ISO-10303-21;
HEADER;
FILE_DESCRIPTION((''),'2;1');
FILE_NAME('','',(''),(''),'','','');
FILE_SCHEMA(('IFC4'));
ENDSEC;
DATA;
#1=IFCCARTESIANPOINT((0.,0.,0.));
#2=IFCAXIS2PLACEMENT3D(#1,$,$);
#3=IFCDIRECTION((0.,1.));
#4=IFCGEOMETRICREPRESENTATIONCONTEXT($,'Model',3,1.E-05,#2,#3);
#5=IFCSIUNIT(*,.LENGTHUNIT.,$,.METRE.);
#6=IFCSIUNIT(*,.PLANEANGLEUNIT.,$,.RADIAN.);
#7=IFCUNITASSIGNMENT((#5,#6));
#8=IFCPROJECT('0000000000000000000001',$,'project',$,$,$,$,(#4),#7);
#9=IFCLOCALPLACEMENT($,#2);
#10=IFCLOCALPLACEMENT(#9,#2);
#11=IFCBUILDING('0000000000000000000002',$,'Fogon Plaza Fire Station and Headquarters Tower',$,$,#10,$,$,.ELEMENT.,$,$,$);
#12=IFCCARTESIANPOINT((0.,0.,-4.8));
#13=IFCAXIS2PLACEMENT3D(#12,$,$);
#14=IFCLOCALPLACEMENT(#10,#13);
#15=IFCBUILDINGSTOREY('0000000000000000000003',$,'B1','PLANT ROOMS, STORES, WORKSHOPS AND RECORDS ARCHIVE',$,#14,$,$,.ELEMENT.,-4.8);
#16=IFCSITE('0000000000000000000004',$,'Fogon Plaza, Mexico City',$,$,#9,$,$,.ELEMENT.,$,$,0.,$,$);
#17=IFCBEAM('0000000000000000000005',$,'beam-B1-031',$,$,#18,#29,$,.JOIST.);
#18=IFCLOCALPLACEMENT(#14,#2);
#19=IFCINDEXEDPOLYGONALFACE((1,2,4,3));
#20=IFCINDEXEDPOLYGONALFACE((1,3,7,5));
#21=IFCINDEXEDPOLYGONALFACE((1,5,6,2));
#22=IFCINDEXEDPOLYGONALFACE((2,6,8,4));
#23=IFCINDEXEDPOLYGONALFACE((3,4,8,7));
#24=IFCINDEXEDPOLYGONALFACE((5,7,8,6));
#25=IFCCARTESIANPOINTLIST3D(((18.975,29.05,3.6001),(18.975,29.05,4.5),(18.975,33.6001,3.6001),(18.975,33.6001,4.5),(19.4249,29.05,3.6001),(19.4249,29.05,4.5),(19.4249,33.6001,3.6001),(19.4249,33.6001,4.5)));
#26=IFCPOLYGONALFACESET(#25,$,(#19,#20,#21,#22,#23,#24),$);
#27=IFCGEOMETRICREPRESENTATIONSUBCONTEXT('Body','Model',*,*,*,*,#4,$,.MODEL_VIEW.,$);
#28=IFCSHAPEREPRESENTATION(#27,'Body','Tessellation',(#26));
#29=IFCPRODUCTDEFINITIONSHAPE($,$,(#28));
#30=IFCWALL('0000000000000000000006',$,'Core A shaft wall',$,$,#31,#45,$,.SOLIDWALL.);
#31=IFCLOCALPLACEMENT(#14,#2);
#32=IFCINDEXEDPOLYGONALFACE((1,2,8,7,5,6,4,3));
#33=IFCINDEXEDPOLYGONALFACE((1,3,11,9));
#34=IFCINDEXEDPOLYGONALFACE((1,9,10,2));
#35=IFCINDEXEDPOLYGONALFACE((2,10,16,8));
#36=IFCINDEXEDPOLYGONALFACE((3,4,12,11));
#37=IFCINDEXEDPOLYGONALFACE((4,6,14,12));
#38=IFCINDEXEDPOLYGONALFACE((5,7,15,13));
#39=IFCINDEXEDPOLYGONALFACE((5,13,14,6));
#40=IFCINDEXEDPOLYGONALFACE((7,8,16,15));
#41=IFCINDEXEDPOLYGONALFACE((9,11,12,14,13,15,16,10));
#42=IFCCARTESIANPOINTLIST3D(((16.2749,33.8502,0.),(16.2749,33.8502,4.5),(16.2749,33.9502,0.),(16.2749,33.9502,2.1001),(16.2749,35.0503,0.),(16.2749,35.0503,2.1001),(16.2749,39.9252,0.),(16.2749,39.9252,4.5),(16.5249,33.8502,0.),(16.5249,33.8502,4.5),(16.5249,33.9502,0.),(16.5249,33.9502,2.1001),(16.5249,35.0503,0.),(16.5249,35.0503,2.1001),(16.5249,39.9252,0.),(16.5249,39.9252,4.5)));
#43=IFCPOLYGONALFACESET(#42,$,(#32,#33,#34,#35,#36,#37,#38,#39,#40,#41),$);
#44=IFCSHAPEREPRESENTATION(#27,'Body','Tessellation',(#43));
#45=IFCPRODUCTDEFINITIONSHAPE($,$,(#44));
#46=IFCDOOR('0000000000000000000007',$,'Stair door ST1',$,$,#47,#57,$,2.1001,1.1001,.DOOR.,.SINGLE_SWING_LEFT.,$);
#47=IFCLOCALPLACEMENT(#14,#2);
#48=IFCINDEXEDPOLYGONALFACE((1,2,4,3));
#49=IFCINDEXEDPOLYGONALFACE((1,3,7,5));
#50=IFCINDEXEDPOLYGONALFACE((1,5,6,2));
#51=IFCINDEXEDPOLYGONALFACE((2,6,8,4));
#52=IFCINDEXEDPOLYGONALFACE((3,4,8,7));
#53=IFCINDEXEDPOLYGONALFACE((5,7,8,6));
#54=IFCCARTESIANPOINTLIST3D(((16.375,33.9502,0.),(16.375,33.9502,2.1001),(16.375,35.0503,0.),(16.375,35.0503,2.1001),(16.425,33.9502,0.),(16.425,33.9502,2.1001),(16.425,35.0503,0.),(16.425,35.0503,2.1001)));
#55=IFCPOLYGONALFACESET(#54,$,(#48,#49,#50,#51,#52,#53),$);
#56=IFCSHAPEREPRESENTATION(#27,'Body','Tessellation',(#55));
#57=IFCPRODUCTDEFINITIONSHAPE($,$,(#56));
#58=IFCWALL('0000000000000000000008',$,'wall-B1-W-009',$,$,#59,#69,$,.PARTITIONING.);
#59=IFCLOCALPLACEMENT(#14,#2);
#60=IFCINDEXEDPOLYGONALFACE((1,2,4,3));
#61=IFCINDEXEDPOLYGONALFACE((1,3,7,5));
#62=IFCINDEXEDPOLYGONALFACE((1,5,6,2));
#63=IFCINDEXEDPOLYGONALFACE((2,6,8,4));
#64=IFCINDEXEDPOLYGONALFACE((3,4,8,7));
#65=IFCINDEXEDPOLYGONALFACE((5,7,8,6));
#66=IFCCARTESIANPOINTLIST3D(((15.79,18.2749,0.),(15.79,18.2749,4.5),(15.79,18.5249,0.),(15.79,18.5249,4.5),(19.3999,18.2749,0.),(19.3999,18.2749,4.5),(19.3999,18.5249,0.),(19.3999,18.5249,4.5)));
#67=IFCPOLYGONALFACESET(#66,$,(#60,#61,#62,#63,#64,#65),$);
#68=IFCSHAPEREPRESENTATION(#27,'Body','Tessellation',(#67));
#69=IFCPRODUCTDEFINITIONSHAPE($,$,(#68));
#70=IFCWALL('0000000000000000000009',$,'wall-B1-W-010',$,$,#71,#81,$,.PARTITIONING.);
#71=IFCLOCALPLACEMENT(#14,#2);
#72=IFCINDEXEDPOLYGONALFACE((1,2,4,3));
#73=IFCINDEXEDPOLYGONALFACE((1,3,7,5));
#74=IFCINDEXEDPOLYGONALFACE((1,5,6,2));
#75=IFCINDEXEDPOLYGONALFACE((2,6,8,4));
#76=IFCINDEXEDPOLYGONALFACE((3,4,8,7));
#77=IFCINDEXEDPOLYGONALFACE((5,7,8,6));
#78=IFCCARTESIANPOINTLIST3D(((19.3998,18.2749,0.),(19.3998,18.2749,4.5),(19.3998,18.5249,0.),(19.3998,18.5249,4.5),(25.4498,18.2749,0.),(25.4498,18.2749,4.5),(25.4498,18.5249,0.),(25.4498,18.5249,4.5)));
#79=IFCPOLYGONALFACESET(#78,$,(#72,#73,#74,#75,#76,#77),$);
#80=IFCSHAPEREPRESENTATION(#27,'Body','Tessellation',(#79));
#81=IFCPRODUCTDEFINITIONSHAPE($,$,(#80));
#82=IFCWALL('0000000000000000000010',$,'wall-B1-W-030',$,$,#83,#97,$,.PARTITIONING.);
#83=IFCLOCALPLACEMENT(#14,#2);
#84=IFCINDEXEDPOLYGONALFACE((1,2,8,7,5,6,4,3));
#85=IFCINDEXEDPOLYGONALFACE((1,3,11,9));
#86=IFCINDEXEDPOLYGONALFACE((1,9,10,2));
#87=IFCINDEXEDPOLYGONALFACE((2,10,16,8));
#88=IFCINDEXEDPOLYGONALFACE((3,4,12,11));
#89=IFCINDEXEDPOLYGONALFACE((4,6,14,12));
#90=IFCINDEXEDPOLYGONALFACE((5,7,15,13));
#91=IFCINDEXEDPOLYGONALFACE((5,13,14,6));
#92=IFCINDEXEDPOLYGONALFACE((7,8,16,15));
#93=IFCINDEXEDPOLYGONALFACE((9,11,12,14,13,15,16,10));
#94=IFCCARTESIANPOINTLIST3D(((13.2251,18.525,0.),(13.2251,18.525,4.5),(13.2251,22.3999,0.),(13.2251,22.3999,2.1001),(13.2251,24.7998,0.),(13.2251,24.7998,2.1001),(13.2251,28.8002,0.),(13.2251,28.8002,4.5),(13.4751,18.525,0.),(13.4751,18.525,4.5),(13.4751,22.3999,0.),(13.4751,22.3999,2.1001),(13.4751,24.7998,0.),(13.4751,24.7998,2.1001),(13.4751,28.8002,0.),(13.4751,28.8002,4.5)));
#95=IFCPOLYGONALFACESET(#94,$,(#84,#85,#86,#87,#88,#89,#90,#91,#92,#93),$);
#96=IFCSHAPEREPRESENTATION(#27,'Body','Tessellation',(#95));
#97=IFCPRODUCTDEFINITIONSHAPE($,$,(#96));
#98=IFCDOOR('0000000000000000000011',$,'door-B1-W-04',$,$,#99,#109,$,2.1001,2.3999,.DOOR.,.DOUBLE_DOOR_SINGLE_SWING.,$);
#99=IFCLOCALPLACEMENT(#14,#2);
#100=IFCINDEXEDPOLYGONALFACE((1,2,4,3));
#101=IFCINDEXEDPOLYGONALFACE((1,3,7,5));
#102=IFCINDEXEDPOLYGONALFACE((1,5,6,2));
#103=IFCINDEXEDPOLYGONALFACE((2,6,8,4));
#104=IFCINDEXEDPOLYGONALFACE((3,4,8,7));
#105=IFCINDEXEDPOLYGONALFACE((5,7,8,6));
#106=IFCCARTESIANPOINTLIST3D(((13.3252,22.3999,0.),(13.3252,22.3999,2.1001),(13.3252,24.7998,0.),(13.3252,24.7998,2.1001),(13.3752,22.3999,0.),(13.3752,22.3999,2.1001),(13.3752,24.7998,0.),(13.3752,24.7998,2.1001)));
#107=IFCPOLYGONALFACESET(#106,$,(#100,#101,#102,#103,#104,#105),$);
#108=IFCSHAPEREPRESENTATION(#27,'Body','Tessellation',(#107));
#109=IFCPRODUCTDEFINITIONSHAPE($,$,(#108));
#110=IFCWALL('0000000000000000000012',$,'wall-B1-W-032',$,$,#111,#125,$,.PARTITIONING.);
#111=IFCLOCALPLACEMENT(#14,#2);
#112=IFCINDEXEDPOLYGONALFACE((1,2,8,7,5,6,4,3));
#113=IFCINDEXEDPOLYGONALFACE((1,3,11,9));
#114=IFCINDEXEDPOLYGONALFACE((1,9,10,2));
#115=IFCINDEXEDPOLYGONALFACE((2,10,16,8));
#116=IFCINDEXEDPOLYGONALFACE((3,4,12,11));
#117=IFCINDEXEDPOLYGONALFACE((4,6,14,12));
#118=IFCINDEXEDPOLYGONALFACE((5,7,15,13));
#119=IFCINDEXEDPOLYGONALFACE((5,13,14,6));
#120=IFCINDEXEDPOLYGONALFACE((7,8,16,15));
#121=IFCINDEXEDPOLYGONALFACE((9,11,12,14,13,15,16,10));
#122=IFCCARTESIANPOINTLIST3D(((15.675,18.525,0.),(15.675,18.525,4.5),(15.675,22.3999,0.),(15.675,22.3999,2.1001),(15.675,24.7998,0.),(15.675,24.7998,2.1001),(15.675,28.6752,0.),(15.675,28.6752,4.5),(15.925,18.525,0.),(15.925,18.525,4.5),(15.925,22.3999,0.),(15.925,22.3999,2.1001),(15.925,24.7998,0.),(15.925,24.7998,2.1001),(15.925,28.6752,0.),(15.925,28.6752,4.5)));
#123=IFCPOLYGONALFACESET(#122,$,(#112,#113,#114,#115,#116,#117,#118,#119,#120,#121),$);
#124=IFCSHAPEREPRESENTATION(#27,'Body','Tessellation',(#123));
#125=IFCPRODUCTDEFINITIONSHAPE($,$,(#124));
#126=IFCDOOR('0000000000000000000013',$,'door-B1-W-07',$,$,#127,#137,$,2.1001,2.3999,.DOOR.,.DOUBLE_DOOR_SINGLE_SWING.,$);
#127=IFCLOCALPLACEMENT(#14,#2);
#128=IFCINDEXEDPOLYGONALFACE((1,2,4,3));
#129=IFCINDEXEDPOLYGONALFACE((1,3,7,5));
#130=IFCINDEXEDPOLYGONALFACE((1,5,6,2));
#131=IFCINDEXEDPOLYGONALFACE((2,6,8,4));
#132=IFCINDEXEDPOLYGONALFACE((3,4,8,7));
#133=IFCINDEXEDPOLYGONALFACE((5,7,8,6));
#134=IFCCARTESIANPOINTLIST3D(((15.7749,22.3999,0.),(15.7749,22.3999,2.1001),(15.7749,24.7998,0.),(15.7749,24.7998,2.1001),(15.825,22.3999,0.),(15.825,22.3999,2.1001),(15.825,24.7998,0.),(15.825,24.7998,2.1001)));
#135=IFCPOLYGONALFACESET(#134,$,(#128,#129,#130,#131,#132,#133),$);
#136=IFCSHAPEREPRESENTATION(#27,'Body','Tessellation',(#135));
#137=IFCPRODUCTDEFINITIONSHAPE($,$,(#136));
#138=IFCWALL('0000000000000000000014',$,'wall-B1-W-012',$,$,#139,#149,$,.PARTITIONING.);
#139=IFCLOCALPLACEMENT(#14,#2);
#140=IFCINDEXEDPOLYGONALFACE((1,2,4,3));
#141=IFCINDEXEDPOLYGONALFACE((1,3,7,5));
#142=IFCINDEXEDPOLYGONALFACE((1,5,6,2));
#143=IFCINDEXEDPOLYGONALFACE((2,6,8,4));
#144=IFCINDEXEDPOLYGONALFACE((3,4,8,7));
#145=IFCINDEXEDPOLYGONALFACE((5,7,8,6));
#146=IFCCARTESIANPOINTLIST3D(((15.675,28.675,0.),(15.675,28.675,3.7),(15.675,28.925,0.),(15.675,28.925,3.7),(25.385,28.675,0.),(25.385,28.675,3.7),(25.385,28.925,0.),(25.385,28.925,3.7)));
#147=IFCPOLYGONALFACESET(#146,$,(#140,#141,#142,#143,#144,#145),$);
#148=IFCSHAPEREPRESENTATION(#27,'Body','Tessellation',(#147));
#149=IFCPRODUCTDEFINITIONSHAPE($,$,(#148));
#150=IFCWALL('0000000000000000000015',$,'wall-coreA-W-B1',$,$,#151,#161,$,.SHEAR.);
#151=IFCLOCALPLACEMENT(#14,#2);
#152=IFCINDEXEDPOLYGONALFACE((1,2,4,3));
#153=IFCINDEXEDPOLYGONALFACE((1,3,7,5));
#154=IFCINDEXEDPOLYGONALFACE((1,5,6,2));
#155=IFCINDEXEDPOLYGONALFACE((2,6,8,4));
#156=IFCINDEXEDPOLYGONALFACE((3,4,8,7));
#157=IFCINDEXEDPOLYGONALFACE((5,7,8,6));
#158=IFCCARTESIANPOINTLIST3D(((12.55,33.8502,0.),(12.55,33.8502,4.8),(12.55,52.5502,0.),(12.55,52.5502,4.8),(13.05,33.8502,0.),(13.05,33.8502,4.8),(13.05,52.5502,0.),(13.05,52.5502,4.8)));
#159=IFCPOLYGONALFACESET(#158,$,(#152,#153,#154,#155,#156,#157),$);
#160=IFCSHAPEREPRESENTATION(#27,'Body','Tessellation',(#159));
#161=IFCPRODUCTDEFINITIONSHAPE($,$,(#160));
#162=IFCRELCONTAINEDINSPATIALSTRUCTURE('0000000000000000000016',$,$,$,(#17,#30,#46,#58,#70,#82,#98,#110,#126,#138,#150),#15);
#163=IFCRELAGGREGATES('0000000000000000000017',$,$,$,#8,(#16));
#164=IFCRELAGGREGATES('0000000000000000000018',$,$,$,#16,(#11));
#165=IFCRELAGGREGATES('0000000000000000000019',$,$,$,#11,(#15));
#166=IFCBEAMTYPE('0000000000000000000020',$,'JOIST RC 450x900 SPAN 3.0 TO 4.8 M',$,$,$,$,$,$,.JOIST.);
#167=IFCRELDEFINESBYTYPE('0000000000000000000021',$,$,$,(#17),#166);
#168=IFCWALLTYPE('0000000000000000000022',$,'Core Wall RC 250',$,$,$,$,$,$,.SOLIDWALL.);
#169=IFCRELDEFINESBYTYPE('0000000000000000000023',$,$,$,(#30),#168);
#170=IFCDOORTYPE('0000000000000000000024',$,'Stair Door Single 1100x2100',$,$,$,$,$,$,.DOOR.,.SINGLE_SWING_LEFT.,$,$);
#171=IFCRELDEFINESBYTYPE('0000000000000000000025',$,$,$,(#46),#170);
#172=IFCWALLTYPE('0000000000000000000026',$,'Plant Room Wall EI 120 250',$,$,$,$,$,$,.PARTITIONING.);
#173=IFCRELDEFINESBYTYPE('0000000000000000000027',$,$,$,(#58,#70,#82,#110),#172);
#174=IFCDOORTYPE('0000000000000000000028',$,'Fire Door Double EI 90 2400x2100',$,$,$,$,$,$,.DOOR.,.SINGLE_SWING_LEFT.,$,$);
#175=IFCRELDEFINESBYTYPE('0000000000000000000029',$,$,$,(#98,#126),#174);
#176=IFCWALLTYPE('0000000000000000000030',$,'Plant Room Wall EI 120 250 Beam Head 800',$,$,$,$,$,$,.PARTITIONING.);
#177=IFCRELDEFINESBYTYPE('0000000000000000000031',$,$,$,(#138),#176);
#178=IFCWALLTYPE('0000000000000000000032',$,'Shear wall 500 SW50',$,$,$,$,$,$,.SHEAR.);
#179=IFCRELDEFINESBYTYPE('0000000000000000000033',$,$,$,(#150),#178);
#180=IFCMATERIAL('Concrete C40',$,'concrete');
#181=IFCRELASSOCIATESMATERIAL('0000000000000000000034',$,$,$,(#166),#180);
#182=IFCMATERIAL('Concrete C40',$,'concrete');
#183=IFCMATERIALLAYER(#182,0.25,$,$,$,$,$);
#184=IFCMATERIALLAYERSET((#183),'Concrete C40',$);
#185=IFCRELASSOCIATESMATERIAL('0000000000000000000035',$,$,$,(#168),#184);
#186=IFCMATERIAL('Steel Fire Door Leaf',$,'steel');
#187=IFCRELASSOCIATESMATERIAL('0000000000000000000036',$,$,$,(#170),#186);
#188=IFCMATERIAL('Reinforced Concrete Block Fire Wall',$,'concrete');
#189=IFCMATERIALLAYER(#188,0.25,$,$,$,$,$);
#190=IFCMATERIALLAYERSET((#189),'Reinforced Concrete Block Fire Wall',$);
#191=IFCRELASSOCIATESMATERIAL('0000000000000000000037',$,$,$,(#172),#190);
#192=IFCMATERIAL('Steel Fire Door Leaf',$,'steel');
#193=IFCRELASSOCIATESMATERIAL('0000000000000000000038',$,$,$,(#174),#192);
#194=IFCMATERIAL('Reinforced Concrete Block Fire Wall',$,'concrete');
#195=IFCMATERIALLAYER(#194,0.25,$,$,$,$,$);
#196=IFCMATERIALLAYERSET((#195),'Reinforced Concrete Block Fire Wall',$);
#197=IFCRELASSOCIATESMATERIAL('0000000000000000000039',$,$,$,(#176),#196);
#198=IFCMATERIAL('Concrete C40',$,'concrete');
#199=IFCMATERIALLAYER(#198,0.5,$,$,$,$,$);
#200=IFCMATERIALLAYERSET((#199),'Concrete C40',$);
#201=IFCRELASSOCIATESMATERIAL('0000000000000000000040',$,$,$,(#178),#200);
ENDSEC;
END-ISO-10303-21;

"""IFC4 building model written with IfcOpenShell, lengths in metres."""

from ifc_helpers import new_model, si_unit, direction, frame, frame_2d, origin, origin_2d, place, context, subcontext, project, spatial, rectangle, extrude, material, layer, layer_set, material_profile, profile_set, type_object, element, fill, save


model = new_model("IFC4")

# Units and contexts
model_context = context("Model", 3, precision=1e-05, world=origin(), true_north=direction((0.0, 1.0)))
body_context = subcontext(model_context, "Body", "Model", "MODEL_VIEW")
ifc_project = project(units=[si_unit("LENGTHUNIT", "METRE"), si_unit("PLANEANGLEUNIT", "RADIAN")], contexts=[model_context])

# Site, building, storey
site_placement = place(None, origin())
site = spatial("IfcSite", under=ifc_project, at=site_placement, Name="Fogon Plaza, Mexico City", CompositionType="ELEMENT", RefElevation=0.0)
building_placement = place(site_placement, origin())
building = spatial("IfcBuilding", under=site, at=building_placement, Name="Fogon Plaza Fire Station and Headquarters Tower", CompositionType="ELEMENT")
storey_placement = place(building_placement, frame((0.0, 0.0, -4.8)))
storey = spatial("IfcBuildingStorey", under=building, at=storey_placement, Name="B1", Description="PLANT ROOMS, STORES, WORKSHOPS AND RECORDS ARCHIVE", CompositionType="ELEMENT", Elevation=-4.8)

# Beam
ifc_material_1 = material(Name="Concrete C40", Category="concrete")
ifc_material_profile_1 = material_profile(ifc_material_1, rectangle(XDim=0.45, YDim=0.8999, at=origin_2d()), Name="RC 450x900")
ifc_profile_set_1 = profile_set([ifc_material_profile_1], Name="Concrete C40")
beam_type_1 = type_object("IfcBeamType", Name="JOIST RC 450x900 SPAN 3.0 TO 4.8 M", PredefinedType="JOIST", material=ifc_profile_set_1)
beam_1_placement = place(storey_placement, frame((19.2, 29.05, 4.05), z_axis=(0.0, 1.0, 0.0), x_axis=(-1.0, 0.0, 0.0)))
element("IfcBeam", 1, at=beam_1_placement, inside=storey, type_object=beam_type_1, Name="beam-B1-031", PredefinedType="JOIST", context=body_context, shape_type="SweptSolid", body=[
    extrude(rectangle(XDim=0.45, YDim=0.8999, at=origin_2d()), origin(), (0.0, 0.0, 1.0), 4.55),
])

# Wall, opening, door
ifc_material_2 = material(Name="Concrete C40", Category="concrete")
ifc_layer_1 = layer(ifc_material_2, 0.25)
ifc_layer_set_1 = layer_set([ifc_layer_1], Name="Concrete C40")
wall_type_1 = type_object("IfcWallType", Name="Core Wall RC 250", PredefinedType="SOLIDWALL", material=ifc_layer_set_1)
wall_1_placement = place(storey_placement, frame((16.3999, 33.8501, 0.0), z_axis=(0.0, 0.0, 1.0), x_axis=(0.0, 1.0, 0.0)))
wall_1 = element("IfcWall", 2, at=wall_1_placement, inside=storey, type_object=wall_type_1, Name="Core A shaft wall", PredefinedType="SOLIDWALL", context=body_context, shape_type="SweptSolid", body=[
    extrude(rectangle(XDim=6.075, YDim=0.25, at=frame_2d((3.0376, 0.0))), origin(), (0.0, 0.0, 1.0), 4.5),
])
opening_1_placement = place(wall_1_placement, frame((0.1001, 0.0, 0.0)))
opening_1 = element("IfcOpeningElement", 3, at=opening_1_placement, cuts=wall_1, PredefinedType="OPENING", context=body_context, shape_type="SweptSolid", body=[
    extrude(rectangle(XDim=1.1001, YDim=2.1001, at=frame_2d((0.55, 1.05))), frame((0.0, 0.135, 0.0), z_axis=(0.0, -1.0, 0.0), x_axis=(1.0, 0.0, 0.0)), (0.0, 0.0, 1.0), 0.27),
])
ifc_material_3 = material(Name="Steel Fire Door Leaf", Category="steel")
door_type_1 = type_object("IfcDoorType", Name="Stair Door Single 1100x2100", OperationType="SINGLE_SWING_LEFT", PredefinedType="DOOR", material=ifc_material_3)
door_1_placement = place(opening_1_placement, origin())
door_1 = element("IfcDoor", 4, at=door_1_placement, inside=storey, type_object=door_type_1, Name="Stair door ST1", OperationType="SINGLE_SWING_LEFT", OverallHeight=2.1001, OverallWidth=1.1001, PredefinedType="DOOR", context=body_context, shape_type="SweptSolid", body=[
    extrude(rectangle(XDim=1.1001, YDim=2.1001, at=frame_2d((0.55, 1.05))), frame((0.0, 0.0249, 0.0), z_axis=(0.0, -1.0, 0.0), x_axis=(1.0, 0.0, 0.0)), (0.0, 0.0, 1.0), 0.05),
])
fill(opening_1, door_1)

# Walls
ifc_material_4 = material(Name="Reinforced Concrete Block Fire Wall", Category="concrete")
ifc_layer_2 = layer(ifc_material_4, 0.25)
ifc_layer_set_2 = layer_set([ifc_layer_2], Name="Reinforced Concrete Block Fire Wall")
wall_type_2 = type_object("IfcWallType", Name="Plant Room Wall EI 120 250", PredefinedType="PARTITIONING", material=ifc_layer_set_2)
wall_2_placement = place(storey_placement, frame((15.79, 18.3999, 0.0), z_axis=(0.0, 0.0, 1.0), x_axis=(1.0, 0.0, 0.0)))
element("IfcWall", 5, at=wall_2_placement, inside=storey, type_object=wall_type_2, Name="wall-B1-W-009", PredefinedType="PARTITIONING", context=body_context, shape_type="SweptSolid", body=[
    extrude(rectangle(XDim=3.6099, YDim=0.25, at=frame_2d((1.8049, 0.0))), origin(), (0.0, 0.0, 1.0), 4.5),
])
wall_3_placement = place(storey_placement, frame((19.3999, 18.3999, 0.0), z_axis=(0.0, 0.0, 1.0), x_axis=(1.0, 0.0, 0.0)))
element("IfcWall", 6, at=wall_3_placement, inside=storey, type_object=wall_type_2, Name="wall-B1-W-010", PredefinedType="PARTITIONING", context=body_context, shape_type="SweptSolid", body=[
    extrude(rectangle(XDim=6.05, YDim=0.25, at=frame_2d((3.0249, 0.0))), origin(), (0.0, 0.0, 1.0), 4.5),
])

# Walls, openings, doors
wall_4_placement = place(storey_placement, frame((13.3501, 18.5249, 0.0), z_axis=(0.0, 0.0, 1.0), x_axis=(0.0, 1.0, 0.0)))
wall_4 = element("IfcWall", 7, at=wall_4_placement, inside=storey, type_object=wall_type_2, Name="wall-B1-W-030", PredefinedType="PARTITIONING", context=body_context, shape_type="SweptSolid", body=[
    extrude(rectangle(XDim=10.2751, YDim=0.25, at=frame_2d((5.1377, 0.0))), origin(), (0.0, 0.0, 1.0), 4.5),
])
opening_2_placement = place(wall_4_placement, frame((3.875, 0.0, 0.0)))
opening_2 = element("IfcOpeningElement", 8, at=opening_2_placement, cuts=wall_4, PredefinedType="OPENING", context=body_context, shape_type="SweptSolid", body=[
    extrude(rectangle(XDim=2.3999, YDim=2.1001, at=frame_2d((1.2, 1.05))), frame((0.0, 0.135, 0.0), z_axis=(0.0, -1.0, 0.0), x_axis=(1.0, 0.0, 0.0)), (0.0, 0.0, 1.0), 0.27),
])
ifc_material_5 = material(Name="Steel Fire Door Leaf", Category="steel")
door_type_2 = type_object("IfcDoorType", Name="Fire Door Double EI 90 2400x2100", OperationType="SINGLE_SWING_LEFT", PredefinedType="DOOR", material=ifc_material_5)
door_2_placement = place(opening_2_placement, origin())
door_2 = element("IfcDoor", 9, at=door_2_placement, inside=storey, type_object=door_type_2, Name="door-B1-W-04", OperationType="DOUBLE_DOOR_SINGLE_SWING", OverallHeight=2.1001, OverallWidth=2.3999, PredefinedType="DOOR", context=body_context, shape_type="SweptSolid", body=[
    extrude(rectangle(XDim=2.3999, YDim=2.1001, at=frame_2d((1.2, 1.05))), frame((0.0, 0.0249, 0.0), z_axis=(0.0, -1.0, 0.0), x_axis=(1.0, 0.0, 0.0)), (0.0, 0.0, 1.0), 0.05),
])
fill(opening_2, door_2)
wall_5_placement = place(storey_placement, frame((15.8, 18.5249, 0.0), z_axis=(0.0, 0.0, 1.0), x_axis=(0.0, 1.0, 0.0)))
wall_5 = element("IfcWall", 10, at=wall_5_placement, inside=storey, type_object=wall_type_2, Name="wall-B1-W-032", PredefinedType="PARTITIONING", context=body_context, shape_type="SweptSolid", body=[
    extrude(rectangle(XDim=10.1501, YDim=0.25, at=frame_2d((5.0752, 0.0))), origin(), (0.0, 0.0, 1.0), 4.5),
])
opening_3_placement = place(wall_5_placement, frame((3.875, 0.0, 0.0)))
opening_3 = element("IfcOpeningElement", 11, at=opening_3_placement, cuts=wall_5, PredefinedType="OPENING", context=body_context, shape_type="SweptSolid", body=[
    extrude(rectangle(XDim=2.3999, YDim=2.1001, at=frame_2d((1.2, 1.05))), frame((0.0, 0.135, 0.0), z_axis=(0.0, -1.0, 0.0), x_axis=(1.0, 0.0, 0.0)), (0.0, 0.0, 1.0), 0.27),
])
door_3_placement = place(opening_3_placement, frame((2.3999, 0.0, 0.0), z_axis=(0.0, 0.0, 1.0), x_axis=(-1.0, 0.0, 0.0)))
door_3 = element("IfcDoor", 12, at=door_3_placement, inside=storey, type_object=door_type_2, Name="door-B1-W-07", OperationType="DOUBLE_DOOR_SINGLE_SWING", OverallHeight=2.1001, OverallWidth=2.3999, PredefinedType="DOOR", context=body_context, shape_type="SweptSolid", body=[
    extrude(rectangle(XDim=2.3999, YDim=2.1001, at=frame_2d((1.2, 1.05))), frame((0.0, 0.0249, 0.0), z_axis=(0.0, -1.0, 0.0), x_axis=(1.0, 0.0, 0.0)), (0.0, 0.0, 1.0), 0.05),
])
fill(opening_3, door_3)

# Walls
ifc_material_6 = material(Name="Reinforced Concrete Block Fire Wall", Category="concrete")
ifc_layer_3 = layer(ifc_material_6, 0.25)
ifc_layer_set_3 = layer_set([ifc_layer_3], Name="Reinforced Concrete Block Fire Wall")
wall_type_3 = type_object("IfcWallType", Name="Plant Room Wall EI 120 250 Beam Head 800", PredefinedType="PARTITIONING", material=ifc_layer_set_3)
wall_6_placement = place(storey_placement, frame((15.675, 28.8, 0.0), z_axis=(0.0, 0.0, 1.0), x_axis=(1.0, 0.0, 0.0)))
element("IfcWall", 13, at=wall_6_placement, inside=storey, type_object=wall_type_3, Name="wall-B1-W-012", PredefinedType="PARTITIONING", context=body_context, shape_type="SweptSolid", body=[
    extrude(rectangle(XDim=9.71, YDim=0.25, at=frame_2d((4.855, 0.0))), origin(), (0.0, 0.0, 1.0), 3.7),
])
ifc_material_7 = material(Name="Concrete C40", Category="concrete")
ifc_layer_4 = layer(ifc_material_7, 0.5)
ifc_layer_set_4 = layer_set([ifc_layer_4], Name="Concrete C40")
wall_type_4 = type_object("IfcWallType", Name="Shear wall 500 SW50", PredefinedType="SHEAR", material=ifc_layer_set_4)
wall_7_placement = place(storey_placement, frame((12.8, 33.8501, 0.0), z_axis=(0.0, 0.0, 1.0), x_axis=(0.0, 1.0, 0.0)))
element("IfcWall", 14, at=wall_7_placement, inside=storey, type_object=wall_type_4, Name="wall-coreA-W-B1", PredefinedType="SHEAR", context=body_context, shape_type="SweptSolid", body=[
    extrude(rectangle(XDim=18.7, YDim=0.5, at=frame_2d((9.3501, 0.0))), origin(), (0.0, 0.0, 1.0), 4.8),
])

save(model, "model.ifc")
